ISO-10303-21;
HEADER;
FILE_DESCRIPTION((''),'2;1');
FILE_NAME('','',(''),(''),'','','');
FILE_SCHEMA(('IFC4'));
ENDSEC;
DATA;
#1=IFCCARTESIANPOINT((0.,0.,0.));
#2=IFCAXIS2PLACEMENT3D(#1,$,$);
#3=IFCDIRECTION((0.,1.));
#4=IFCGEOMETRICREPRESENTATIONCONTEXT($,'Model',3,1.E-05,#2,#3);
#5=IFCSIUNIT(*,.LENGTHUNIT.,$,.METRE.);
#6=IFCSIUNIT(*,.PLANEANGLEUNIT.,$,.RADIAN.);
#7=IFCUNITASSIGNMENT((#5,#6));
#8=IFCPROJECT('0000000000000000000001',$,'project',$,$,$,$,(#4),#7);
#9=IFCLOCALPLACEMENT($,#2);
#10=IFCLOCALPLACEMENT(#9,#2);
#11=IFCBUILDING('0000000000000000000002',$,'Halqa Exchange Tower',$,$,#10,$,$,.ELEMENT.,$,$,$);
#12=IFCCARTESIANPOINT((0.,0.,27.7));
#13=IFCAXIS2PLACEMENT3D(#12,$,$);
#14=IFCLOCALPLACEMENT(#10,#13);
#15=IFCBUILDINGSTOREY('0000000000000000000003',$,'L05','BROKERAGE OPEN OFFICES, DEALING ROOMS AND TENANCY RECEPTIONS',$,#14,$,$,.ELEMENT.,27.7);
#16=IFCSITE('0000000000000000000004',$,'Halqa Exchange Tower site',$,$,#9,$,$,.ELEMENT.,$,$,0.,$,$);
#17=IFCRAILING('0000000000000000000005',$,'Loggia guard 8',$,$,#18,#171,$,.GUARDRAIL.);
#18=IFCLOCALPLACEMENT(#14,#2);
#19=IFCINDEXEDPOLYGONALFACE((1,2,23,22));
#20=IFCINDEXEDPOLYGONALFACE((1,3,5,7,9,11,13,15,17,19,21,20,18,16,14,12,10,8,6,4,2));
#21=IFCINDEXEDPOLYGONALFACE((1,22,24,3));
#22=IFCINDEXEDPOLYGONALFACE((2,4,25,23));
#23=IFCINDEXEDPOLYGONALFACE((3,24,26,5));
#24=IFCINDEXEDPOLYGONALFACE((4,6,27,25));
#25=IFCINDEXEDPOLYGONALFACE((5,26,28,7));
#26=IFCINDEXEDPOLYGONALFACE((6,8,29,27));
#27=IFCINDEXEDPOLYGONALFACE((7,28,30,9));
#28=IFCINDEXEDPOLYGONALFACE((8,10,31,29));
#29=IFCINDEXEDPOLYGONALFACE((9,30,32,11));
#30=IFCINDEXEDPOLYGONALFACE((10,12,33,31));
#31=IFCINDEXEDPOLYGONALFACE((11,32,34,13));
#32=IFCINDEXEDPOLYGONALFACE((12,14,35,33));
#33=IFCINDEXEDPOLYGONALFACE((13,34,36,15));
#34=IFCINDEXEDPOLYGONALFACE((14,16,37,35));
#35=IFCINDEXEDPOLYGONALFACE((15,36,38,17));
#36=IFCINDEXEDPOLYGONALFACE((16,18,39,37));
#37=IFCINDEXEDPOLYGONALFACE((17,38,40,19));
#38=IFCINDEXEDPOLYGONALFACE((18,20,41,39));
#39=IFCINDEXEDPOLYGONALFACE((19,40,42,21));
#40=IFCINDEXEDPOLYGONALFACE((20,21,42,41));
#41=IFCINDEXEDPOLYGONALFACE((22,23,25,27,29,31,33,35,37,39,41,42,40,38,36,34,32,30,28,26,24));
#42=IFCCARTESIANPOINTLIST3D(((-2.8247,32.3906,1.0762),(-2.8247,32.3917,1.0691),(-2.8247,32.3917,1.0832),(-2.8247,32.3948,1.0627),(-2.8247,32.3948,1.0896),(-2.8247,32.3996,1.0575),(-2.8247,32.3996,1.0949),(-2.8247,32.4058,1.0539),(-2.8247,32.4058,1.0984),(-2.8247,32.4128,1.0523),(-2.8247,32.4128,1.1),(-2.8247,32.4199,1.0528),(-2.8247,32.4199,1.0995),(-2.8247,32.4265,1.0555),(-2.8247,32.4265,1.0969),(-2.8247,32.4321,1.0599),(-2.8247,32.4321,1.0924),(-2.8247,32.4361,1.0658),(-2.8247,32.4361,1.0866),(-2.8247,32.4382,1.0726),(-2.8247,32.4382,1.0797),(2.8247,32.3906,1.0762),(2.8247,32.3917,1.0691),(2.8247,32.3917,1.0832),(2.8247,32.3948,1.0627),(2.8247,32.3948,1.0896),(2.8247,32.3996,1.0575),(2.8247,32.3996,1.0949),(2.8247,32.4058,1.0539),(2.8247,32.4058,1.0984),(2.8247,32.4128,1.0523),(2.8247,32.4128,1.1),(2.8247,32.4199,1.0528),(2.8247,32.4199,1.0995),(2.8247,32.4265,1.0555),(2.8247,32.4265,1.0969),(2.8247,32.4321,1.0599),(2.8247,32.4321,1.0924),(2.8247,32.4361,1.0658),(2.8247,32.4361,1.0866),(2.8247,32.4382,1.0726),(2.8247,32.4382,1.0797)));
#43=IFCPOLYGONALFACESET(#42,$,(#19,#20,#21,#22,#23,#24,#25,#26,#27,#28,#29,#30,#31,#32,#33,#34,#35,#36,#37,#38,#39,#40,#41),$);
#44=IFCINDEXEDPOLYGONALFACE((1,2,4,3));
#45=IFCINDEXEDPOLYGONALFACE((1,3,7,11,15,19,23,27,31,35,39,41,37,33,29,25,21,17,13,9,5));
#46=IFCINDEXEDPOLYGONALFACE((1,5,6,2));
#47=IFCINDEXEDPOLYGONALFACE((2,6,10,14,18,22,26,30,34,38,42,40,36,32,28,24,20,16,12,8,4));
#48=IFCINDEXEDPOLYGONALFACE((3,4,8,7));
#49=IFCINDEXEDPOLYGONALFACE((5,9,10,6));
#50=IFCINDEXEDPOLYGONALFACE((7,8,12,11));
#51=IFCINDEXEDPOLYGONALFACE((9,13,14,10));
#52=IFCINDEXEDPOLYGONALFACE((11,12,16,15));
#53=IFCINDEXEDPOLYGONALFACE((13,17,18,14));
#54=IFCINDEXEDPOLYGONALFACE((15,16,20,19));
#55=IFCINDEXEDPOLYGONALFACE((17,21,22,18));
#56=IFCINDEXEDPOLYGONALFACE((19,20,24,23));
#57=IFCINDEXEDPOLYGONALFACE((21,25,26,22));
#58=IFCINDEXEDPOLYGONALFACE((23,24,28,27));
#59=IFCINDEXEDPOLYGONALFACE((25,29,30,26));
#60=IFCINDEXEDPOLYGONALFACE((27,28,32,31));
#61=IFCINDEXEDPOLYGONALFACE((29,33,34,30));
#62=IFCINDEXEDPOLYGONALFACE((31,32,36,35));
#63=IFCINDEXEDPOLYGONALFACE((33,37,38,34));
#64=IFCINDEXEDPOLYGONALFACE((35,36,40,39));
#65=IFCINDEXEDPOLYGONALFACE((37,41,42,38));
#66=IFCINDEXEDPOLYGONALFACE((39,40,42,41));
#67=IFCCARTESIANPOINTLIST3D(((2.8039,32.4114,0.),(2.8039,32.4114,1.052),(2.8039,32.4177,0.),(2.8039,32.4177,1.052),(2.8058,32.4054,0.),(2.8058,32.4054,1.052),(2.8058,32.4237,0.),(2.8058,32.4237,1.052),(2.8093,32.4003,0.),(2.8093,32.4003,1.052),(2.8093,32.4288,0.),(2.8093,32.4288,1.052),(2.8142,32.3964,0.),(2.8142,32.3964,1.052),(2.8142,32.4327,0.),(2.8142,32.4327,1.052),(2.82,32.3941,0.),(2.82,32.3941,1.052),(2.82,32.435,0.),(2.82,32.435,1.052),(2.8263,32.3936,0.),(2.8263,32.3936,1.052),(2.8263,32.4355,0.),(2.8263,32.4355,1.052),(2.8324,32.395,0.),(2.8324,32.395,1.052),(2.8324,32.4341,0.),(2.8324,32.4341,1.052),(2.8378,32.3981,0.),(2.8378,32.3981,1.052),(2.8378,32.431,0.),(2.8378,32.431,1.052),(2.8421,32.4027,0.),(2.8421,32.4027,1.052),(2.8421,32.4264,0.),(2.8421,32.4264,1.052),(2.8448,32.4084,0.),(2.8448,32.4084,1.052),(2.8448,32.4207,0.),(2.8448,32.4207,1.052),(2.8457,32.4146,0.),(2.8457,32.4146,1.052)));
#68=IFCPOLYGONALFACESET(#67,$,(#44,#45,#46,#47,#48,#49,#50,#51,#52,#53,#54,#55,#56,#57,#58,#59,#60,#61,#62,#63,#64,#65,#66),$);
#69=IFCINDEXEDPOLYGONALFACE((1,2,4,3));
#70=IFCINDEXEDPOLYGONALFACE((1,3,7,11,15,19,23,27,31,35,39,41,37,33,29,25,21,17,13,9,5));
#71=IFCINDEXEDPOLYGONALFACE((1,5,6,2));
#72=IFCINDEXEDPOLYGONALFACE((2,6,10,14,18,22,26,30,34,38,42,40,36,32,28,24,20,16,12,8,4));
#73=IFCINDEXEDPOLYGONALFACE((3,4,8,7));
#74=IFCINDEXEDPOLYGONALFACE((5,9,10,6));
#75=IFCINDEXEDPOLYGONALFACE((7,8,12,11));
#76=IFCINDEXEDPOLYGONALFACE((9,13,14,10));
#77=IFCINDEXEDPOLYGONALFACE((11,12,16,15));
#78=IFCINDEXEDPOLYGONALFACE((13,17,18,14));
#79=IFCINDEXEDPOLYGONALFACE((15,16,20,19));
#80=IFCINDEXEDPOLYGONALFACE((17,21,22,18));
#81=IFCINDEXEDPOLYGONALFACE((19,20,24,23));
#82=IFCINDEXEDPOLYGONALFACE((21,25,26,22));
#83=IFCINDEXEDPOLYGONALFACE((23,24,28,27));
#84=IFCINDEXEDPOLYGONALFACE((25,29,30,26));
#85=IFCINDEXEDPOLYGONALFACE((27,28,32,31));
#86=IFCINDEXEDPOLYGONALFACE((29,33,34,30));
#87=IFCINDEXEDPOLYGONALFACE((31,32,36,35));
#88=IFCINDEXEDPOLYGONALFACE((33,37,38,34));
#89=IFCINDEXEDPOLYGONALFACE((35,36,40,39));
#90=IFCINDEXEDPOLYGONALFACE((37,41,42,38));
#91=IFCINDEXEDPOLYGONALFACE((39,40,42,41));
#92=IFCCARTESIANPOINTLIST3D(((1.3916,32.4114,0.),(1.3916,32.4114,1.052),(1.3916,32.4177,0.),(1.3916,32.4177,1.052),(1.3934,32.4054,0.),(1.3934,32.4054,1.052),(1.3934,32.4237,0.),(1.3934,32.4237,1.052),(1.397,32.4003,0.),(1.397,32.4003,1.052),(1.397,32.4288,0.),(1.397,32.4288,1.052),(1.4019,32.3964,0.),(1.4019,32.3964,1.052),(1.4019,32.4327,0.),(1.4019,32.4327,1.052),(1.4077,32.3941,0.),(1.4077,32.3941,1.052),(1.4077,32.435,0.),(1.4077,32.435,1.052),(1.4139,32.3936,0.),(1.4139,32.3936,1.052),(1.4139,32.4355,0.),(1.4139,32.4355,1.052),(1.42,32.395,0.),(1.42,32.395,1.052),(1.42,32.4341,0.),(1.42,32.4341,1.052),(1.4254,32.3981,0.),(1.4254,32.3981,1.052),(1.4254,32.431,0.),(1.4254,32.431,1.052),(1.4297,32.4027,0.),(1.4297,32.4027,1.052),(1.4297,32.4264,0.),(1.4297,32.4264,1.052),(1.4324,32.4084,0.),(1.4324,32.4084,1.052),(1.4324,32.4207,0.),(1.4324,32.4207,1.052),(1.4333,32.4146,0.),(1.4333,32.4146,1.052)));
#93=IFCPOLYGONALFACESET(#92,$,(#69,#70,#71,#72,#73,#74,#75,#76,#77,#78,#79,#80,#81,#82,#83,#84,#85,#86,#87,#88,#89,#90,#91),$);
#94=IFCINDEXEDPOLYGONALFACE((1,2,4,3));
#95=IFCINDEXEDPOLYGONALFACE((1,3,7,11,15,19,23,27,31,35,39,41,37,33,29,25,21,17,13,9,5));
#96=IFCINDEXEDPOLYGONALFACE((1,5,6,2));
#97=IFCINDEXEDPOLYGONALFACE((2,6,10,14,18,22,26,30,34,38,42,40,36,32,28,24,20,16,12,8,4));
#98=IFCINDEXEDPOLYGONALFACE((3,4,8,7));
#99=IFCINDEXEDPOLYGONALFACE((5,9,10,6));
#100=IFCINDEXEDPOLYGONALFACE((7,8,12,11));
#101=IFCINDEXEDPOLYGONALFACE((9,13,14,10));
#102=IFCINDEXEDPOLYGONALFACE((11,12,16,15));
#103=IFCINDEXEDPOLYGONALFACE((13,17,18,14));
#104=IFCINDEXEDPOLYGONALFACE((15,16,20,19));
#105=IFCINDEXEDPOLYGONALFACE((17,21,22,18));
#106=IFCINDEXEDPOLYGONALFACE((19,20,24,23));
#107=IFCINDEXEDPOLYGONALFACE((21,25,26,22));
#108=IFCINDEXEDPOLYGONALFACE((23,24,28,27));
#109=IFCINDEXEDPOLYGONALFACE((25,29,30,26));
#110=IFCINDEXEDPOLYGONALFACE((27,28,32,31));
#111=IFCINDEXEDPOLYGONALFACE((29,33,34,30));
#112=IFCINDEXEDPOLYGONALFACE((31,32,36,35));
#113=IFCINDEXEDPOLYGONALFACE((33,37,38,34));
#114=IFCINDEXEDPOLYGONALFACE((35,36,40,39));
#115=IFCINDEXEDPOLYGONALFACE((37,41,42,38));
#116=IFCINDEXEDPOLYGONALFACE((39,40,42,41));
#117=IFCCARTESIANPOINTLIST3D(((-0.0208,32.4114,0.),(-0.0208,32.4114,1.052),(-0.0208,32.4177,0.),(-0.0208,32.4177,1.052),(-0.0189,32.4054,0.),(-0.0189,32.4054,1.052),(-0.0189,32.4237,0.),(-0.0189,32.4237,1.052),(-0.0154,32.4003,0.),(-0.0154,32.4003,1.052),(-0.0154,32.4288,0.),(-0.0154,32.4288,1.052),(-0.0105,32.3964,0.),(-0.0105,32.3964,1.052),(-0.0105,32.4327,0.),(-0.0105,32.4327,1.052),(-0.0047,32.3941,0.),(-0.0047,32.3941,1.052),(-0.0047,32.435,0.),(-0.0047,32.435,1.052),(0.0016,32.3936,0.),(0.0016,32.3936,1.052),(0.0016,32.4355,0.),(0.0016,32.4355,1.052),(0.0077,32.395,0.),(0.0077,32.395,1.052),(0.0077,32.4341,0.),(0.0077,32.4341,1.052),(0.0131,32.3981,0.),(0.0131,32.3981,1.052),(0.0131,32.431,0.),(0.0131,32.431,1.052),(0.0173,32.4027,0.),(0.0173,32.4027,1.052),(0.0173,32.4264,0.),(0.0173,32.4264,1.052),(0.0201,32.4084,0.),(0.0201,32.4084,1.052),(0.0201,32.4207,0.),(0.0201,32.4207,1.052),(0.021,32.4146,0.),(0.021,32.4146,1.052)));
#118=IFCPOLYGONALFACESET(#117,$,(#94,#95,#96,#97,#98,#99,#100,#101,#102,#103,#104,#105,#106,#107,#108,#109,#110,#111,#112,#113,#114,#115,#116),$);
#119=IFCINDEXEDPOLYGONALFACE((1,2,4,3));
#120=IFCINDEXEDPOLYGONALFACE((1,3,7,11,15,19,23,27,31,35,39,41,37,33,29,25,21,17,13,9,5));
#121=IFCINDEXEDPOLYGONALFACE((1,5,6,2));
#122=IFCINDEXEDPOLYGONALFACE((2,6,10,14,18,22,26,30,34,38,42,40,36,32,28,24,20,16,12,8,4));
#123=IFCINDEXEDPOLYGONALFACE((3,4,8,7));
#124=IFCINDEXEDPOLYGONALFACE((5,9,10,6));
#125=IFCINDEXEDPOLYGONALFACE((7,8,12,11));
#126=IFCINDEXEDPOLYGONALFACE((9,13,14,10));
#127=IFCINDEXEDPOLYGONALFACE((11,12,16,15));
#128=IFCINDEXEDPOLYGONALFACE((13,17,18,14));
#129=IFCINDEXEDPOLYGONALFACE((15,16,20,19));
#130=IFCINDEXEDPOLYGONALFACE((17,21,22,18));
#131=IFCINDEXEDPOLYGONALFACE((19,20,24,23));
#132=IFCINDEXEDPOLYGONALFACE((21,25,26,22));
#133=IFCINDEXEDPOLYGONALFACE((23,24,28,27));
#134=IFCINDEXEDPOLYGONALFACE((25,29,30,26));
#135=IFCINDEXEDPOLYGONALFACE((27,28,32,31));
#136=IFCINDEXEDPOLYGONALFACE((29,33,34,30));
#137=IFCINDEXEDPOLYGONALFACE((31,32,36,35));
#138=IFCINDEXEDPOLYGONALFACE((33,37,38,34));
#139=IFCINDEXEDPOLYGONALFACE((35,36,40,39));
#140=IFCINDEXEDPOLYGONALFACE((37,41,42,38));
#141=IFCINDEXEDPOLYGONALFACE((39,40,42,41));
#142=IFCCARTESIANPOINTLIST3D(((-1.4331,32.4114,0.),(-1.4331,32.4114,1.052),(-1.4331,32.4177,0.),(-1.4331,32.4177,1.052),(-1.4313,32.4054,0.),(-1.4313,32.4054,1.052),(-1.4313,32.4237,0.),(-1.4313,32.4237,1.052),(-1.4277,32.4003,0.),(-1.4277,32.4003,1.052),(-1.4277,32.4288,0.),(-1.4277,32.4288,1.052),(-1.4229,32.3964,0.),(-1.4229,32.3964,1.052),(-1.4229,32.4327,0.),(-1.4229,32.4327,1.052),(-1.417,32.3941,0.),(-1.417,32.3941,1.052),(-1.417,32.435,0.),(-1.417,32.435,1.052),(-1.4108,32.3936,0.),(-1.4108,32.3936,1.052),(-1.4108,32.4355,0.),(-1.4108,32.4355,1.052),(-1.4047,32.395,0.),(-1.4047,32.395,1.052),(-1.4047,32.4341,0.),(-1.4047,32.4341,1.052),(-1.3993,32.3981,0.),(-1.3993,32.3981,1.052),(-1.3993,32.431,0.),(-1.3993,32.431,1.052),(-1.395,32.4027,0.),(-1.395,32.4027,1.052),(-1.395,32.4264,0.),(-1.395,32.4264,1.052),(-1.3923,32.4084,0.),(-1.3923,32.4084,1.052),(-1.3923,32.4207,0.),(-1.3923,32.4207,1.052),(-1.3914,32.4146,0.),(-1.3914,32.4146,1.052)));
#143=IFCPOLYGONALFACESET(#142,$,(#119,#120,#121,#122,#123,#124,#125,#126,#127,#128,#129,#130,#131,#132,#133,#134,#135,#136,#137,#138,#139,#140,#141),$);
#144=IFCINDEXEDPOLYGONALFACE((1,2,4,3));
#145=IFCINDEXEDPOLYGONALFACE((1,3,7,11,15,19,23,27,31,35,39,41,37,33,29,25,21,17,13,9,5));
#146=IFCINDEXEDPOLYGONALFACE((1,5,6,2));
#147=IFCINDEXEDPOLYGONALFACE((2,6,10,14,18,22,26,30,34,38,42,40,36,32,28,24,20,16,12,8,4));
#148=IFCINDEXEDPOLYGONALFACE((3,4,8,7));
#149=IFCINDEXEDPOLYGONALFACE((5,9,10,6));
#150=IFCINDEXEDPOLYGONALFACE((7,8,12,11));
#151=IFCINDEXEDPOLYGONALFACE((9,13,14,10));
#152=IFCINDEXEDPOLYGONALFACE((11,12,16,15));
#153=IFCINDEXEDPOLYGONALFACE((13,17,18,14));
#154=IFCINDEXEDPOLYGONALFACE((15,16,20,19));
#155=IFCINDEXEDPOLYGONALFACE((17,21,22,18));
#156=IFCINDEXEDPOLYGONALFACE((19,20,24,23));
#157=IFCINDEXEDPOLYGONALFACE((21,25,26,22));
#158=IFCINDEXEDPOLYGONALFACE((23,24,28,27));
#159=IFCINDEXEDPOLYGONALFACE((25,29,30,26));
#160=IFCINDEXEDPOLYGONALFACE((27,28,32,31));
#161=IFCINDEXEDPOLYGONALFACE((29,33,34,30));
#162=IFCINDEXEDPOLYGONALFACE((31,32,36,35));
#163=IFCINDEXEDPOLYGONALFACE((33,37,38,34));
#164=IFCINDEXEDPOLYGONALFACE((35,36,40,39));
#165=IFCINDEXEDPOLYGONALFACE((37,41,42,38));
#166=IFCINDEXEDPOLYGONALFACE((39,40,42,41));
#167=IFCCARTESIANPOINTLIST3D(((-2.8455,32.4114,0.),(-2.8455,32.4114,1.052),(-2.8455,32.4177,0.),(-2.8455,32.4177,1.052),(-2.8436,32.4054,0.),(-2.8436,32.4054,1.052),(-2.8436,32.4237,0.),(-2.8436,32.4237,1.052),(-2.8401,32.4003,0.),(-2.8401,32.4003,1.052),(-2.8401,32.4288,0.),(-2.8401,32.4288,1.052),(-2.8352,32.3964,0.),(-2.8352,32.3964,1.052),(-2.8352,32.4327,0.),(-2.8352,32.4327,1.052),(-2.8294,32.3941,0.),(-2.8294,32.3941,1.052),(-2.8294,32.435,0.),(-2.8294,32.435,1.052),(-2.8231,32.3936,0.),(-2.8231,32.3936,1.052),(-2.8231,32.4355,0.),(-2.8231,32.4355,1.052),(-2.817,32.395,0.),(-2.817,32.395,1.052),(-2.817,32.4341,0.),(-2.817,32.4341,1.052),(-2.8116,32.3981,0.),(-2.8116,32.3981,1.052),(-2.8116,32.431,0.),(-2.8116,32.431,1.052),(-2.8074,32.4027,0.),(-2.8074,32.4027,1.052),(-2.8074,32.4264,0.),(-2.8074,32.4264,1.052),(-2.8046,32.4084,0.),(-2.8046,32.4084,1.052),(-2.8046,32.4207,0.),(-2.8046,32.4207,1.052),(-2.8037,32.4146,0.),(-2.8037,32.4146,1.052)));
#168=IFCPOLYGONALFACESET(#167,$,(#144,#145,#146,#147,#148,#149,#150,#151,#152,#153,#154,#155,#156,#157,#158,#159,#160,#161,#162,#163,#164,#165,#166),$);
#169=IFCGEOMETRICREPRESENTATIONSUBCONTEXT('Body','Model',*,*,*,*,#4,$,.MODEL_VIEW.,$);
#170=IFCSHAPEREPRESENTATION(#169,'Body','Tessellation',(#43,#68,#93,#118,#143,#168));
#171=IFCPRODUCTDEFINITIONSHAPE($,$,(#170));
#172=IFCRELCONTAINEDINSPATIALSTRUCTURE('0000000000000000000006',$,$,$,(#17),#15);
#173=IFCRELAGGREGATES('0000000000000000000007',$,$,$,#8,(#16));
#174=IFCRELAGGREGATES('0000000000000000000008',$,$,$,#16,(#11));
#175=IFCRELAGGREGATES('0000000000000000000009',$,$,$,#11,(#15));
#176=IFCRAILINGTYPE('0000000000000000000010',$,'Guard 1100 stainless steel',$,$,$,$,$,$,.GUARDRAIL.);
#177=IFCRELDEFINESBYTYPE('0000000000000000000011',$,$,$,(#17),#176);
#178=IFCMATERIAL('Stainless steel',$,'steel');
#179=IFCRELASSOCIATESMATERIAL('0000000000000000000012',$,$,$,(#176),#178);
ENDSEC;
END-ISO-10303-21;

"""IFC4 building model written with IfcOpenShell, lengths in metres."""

from ifc_helpers import new_model, si_unit, direction, frame, origin, origin_2d, place, context, subcontext, project, spatial, circle, extrude, material, type_object, element, save


model = new_model("IFC4")

# Units and contexts
model_context = context("Model", 3, precision=1e-05, world=origin(), true_north=direction((0.0, 1.0)))
body_context = subcontext(model_context, "Body", "Model", "MODEL_VIEW")
ifc_project = project(units=[si_unit("LENGTHUNIT", "METRE"), si_unit("PLANEANGLEUNIT", "RADIAN")], contexts=[model_context])

# Site, building, storey
site_placement = place(None, origin())
site = spatial("IfcSite", under=ifc_project, at=site_placement, Name="Halqa Exchange Tower site", CompositionType="ELEMENT", RefElevation=0.0)
building_placement = place(site_placement, origin())
building = spatial("IfcBuilding", under=site, at=building_placement, Name="Halqa Exchange Tower", CompositionType="ELEMENT")
storey_placement = place(building_placement, frame((0.0, 0.0, 27.7)))
storey = spatial("IfcBuildingStorey", under=building, at=storey_placement, Name="L05", Description="BROKERAGE OPEN OFFICES, DEALING ROOMS AND TENANCY RECEPTIONS", CompositionType="ELEMENT", Elevation=27.7)

# Railing
ifc_material_1 = material(Name="Stainless steel", Category="steel")
railing_type_1 = type_object("IfcRailingType", Name="Guard 1100 stainless steel", PredefinedType="GUARDRAIL", material=ifc_material_1)
railing_1_placement = place(storey_placement, frame((2.8247, 32.4146, 0.0)))
element("IfcRailing", 1, at=railing_1_placement, inside=storey, type_object=railing_type_1, Name="Loggia guard 8", PredefinedType="GUARDRAIL", context=body_context, shape_type="SweptSolid", body=[
    extrude(circle(Radius=0.0239, at=origin_2d()), frame((0.0, 0.0, 1.0762), z_axis=(-1.0, 0.0, 0.0), x_axis=(0.0, -1.0, 0.0)), (0.0, 0.0, 1.0), 5.6494),
    extrude(circle(Radius=0.021, at=origin_2d()), origin(), (0.0, 0.0, 1.0), 1.052),
    extrude(circle(Radius=0.021, at=origin_2d()), frame((-1.4124, 0.0, 0.0)), (0.0, 0.0, 1.0), 1.052),
    extrude(circle(Radius=0.021, at=origin_2d()), frame((-2.8247, 0.0, 0.0)), (0.0, 0.0, 1.0), 1.052),
    extrude(circle(Radius=0.021, at=origin_2d()), frame((-4.2371, 0.0, 0.0)), (0.0, 0.0, 1.0), 1.052),
    extrude(circle(Radius=0.021, at=origin_2d()), frame((-5.6494, 0.0, 0.0)), (0.0, 0.0, 1.0), 1.052),
])

save(model, "model.ifc")
